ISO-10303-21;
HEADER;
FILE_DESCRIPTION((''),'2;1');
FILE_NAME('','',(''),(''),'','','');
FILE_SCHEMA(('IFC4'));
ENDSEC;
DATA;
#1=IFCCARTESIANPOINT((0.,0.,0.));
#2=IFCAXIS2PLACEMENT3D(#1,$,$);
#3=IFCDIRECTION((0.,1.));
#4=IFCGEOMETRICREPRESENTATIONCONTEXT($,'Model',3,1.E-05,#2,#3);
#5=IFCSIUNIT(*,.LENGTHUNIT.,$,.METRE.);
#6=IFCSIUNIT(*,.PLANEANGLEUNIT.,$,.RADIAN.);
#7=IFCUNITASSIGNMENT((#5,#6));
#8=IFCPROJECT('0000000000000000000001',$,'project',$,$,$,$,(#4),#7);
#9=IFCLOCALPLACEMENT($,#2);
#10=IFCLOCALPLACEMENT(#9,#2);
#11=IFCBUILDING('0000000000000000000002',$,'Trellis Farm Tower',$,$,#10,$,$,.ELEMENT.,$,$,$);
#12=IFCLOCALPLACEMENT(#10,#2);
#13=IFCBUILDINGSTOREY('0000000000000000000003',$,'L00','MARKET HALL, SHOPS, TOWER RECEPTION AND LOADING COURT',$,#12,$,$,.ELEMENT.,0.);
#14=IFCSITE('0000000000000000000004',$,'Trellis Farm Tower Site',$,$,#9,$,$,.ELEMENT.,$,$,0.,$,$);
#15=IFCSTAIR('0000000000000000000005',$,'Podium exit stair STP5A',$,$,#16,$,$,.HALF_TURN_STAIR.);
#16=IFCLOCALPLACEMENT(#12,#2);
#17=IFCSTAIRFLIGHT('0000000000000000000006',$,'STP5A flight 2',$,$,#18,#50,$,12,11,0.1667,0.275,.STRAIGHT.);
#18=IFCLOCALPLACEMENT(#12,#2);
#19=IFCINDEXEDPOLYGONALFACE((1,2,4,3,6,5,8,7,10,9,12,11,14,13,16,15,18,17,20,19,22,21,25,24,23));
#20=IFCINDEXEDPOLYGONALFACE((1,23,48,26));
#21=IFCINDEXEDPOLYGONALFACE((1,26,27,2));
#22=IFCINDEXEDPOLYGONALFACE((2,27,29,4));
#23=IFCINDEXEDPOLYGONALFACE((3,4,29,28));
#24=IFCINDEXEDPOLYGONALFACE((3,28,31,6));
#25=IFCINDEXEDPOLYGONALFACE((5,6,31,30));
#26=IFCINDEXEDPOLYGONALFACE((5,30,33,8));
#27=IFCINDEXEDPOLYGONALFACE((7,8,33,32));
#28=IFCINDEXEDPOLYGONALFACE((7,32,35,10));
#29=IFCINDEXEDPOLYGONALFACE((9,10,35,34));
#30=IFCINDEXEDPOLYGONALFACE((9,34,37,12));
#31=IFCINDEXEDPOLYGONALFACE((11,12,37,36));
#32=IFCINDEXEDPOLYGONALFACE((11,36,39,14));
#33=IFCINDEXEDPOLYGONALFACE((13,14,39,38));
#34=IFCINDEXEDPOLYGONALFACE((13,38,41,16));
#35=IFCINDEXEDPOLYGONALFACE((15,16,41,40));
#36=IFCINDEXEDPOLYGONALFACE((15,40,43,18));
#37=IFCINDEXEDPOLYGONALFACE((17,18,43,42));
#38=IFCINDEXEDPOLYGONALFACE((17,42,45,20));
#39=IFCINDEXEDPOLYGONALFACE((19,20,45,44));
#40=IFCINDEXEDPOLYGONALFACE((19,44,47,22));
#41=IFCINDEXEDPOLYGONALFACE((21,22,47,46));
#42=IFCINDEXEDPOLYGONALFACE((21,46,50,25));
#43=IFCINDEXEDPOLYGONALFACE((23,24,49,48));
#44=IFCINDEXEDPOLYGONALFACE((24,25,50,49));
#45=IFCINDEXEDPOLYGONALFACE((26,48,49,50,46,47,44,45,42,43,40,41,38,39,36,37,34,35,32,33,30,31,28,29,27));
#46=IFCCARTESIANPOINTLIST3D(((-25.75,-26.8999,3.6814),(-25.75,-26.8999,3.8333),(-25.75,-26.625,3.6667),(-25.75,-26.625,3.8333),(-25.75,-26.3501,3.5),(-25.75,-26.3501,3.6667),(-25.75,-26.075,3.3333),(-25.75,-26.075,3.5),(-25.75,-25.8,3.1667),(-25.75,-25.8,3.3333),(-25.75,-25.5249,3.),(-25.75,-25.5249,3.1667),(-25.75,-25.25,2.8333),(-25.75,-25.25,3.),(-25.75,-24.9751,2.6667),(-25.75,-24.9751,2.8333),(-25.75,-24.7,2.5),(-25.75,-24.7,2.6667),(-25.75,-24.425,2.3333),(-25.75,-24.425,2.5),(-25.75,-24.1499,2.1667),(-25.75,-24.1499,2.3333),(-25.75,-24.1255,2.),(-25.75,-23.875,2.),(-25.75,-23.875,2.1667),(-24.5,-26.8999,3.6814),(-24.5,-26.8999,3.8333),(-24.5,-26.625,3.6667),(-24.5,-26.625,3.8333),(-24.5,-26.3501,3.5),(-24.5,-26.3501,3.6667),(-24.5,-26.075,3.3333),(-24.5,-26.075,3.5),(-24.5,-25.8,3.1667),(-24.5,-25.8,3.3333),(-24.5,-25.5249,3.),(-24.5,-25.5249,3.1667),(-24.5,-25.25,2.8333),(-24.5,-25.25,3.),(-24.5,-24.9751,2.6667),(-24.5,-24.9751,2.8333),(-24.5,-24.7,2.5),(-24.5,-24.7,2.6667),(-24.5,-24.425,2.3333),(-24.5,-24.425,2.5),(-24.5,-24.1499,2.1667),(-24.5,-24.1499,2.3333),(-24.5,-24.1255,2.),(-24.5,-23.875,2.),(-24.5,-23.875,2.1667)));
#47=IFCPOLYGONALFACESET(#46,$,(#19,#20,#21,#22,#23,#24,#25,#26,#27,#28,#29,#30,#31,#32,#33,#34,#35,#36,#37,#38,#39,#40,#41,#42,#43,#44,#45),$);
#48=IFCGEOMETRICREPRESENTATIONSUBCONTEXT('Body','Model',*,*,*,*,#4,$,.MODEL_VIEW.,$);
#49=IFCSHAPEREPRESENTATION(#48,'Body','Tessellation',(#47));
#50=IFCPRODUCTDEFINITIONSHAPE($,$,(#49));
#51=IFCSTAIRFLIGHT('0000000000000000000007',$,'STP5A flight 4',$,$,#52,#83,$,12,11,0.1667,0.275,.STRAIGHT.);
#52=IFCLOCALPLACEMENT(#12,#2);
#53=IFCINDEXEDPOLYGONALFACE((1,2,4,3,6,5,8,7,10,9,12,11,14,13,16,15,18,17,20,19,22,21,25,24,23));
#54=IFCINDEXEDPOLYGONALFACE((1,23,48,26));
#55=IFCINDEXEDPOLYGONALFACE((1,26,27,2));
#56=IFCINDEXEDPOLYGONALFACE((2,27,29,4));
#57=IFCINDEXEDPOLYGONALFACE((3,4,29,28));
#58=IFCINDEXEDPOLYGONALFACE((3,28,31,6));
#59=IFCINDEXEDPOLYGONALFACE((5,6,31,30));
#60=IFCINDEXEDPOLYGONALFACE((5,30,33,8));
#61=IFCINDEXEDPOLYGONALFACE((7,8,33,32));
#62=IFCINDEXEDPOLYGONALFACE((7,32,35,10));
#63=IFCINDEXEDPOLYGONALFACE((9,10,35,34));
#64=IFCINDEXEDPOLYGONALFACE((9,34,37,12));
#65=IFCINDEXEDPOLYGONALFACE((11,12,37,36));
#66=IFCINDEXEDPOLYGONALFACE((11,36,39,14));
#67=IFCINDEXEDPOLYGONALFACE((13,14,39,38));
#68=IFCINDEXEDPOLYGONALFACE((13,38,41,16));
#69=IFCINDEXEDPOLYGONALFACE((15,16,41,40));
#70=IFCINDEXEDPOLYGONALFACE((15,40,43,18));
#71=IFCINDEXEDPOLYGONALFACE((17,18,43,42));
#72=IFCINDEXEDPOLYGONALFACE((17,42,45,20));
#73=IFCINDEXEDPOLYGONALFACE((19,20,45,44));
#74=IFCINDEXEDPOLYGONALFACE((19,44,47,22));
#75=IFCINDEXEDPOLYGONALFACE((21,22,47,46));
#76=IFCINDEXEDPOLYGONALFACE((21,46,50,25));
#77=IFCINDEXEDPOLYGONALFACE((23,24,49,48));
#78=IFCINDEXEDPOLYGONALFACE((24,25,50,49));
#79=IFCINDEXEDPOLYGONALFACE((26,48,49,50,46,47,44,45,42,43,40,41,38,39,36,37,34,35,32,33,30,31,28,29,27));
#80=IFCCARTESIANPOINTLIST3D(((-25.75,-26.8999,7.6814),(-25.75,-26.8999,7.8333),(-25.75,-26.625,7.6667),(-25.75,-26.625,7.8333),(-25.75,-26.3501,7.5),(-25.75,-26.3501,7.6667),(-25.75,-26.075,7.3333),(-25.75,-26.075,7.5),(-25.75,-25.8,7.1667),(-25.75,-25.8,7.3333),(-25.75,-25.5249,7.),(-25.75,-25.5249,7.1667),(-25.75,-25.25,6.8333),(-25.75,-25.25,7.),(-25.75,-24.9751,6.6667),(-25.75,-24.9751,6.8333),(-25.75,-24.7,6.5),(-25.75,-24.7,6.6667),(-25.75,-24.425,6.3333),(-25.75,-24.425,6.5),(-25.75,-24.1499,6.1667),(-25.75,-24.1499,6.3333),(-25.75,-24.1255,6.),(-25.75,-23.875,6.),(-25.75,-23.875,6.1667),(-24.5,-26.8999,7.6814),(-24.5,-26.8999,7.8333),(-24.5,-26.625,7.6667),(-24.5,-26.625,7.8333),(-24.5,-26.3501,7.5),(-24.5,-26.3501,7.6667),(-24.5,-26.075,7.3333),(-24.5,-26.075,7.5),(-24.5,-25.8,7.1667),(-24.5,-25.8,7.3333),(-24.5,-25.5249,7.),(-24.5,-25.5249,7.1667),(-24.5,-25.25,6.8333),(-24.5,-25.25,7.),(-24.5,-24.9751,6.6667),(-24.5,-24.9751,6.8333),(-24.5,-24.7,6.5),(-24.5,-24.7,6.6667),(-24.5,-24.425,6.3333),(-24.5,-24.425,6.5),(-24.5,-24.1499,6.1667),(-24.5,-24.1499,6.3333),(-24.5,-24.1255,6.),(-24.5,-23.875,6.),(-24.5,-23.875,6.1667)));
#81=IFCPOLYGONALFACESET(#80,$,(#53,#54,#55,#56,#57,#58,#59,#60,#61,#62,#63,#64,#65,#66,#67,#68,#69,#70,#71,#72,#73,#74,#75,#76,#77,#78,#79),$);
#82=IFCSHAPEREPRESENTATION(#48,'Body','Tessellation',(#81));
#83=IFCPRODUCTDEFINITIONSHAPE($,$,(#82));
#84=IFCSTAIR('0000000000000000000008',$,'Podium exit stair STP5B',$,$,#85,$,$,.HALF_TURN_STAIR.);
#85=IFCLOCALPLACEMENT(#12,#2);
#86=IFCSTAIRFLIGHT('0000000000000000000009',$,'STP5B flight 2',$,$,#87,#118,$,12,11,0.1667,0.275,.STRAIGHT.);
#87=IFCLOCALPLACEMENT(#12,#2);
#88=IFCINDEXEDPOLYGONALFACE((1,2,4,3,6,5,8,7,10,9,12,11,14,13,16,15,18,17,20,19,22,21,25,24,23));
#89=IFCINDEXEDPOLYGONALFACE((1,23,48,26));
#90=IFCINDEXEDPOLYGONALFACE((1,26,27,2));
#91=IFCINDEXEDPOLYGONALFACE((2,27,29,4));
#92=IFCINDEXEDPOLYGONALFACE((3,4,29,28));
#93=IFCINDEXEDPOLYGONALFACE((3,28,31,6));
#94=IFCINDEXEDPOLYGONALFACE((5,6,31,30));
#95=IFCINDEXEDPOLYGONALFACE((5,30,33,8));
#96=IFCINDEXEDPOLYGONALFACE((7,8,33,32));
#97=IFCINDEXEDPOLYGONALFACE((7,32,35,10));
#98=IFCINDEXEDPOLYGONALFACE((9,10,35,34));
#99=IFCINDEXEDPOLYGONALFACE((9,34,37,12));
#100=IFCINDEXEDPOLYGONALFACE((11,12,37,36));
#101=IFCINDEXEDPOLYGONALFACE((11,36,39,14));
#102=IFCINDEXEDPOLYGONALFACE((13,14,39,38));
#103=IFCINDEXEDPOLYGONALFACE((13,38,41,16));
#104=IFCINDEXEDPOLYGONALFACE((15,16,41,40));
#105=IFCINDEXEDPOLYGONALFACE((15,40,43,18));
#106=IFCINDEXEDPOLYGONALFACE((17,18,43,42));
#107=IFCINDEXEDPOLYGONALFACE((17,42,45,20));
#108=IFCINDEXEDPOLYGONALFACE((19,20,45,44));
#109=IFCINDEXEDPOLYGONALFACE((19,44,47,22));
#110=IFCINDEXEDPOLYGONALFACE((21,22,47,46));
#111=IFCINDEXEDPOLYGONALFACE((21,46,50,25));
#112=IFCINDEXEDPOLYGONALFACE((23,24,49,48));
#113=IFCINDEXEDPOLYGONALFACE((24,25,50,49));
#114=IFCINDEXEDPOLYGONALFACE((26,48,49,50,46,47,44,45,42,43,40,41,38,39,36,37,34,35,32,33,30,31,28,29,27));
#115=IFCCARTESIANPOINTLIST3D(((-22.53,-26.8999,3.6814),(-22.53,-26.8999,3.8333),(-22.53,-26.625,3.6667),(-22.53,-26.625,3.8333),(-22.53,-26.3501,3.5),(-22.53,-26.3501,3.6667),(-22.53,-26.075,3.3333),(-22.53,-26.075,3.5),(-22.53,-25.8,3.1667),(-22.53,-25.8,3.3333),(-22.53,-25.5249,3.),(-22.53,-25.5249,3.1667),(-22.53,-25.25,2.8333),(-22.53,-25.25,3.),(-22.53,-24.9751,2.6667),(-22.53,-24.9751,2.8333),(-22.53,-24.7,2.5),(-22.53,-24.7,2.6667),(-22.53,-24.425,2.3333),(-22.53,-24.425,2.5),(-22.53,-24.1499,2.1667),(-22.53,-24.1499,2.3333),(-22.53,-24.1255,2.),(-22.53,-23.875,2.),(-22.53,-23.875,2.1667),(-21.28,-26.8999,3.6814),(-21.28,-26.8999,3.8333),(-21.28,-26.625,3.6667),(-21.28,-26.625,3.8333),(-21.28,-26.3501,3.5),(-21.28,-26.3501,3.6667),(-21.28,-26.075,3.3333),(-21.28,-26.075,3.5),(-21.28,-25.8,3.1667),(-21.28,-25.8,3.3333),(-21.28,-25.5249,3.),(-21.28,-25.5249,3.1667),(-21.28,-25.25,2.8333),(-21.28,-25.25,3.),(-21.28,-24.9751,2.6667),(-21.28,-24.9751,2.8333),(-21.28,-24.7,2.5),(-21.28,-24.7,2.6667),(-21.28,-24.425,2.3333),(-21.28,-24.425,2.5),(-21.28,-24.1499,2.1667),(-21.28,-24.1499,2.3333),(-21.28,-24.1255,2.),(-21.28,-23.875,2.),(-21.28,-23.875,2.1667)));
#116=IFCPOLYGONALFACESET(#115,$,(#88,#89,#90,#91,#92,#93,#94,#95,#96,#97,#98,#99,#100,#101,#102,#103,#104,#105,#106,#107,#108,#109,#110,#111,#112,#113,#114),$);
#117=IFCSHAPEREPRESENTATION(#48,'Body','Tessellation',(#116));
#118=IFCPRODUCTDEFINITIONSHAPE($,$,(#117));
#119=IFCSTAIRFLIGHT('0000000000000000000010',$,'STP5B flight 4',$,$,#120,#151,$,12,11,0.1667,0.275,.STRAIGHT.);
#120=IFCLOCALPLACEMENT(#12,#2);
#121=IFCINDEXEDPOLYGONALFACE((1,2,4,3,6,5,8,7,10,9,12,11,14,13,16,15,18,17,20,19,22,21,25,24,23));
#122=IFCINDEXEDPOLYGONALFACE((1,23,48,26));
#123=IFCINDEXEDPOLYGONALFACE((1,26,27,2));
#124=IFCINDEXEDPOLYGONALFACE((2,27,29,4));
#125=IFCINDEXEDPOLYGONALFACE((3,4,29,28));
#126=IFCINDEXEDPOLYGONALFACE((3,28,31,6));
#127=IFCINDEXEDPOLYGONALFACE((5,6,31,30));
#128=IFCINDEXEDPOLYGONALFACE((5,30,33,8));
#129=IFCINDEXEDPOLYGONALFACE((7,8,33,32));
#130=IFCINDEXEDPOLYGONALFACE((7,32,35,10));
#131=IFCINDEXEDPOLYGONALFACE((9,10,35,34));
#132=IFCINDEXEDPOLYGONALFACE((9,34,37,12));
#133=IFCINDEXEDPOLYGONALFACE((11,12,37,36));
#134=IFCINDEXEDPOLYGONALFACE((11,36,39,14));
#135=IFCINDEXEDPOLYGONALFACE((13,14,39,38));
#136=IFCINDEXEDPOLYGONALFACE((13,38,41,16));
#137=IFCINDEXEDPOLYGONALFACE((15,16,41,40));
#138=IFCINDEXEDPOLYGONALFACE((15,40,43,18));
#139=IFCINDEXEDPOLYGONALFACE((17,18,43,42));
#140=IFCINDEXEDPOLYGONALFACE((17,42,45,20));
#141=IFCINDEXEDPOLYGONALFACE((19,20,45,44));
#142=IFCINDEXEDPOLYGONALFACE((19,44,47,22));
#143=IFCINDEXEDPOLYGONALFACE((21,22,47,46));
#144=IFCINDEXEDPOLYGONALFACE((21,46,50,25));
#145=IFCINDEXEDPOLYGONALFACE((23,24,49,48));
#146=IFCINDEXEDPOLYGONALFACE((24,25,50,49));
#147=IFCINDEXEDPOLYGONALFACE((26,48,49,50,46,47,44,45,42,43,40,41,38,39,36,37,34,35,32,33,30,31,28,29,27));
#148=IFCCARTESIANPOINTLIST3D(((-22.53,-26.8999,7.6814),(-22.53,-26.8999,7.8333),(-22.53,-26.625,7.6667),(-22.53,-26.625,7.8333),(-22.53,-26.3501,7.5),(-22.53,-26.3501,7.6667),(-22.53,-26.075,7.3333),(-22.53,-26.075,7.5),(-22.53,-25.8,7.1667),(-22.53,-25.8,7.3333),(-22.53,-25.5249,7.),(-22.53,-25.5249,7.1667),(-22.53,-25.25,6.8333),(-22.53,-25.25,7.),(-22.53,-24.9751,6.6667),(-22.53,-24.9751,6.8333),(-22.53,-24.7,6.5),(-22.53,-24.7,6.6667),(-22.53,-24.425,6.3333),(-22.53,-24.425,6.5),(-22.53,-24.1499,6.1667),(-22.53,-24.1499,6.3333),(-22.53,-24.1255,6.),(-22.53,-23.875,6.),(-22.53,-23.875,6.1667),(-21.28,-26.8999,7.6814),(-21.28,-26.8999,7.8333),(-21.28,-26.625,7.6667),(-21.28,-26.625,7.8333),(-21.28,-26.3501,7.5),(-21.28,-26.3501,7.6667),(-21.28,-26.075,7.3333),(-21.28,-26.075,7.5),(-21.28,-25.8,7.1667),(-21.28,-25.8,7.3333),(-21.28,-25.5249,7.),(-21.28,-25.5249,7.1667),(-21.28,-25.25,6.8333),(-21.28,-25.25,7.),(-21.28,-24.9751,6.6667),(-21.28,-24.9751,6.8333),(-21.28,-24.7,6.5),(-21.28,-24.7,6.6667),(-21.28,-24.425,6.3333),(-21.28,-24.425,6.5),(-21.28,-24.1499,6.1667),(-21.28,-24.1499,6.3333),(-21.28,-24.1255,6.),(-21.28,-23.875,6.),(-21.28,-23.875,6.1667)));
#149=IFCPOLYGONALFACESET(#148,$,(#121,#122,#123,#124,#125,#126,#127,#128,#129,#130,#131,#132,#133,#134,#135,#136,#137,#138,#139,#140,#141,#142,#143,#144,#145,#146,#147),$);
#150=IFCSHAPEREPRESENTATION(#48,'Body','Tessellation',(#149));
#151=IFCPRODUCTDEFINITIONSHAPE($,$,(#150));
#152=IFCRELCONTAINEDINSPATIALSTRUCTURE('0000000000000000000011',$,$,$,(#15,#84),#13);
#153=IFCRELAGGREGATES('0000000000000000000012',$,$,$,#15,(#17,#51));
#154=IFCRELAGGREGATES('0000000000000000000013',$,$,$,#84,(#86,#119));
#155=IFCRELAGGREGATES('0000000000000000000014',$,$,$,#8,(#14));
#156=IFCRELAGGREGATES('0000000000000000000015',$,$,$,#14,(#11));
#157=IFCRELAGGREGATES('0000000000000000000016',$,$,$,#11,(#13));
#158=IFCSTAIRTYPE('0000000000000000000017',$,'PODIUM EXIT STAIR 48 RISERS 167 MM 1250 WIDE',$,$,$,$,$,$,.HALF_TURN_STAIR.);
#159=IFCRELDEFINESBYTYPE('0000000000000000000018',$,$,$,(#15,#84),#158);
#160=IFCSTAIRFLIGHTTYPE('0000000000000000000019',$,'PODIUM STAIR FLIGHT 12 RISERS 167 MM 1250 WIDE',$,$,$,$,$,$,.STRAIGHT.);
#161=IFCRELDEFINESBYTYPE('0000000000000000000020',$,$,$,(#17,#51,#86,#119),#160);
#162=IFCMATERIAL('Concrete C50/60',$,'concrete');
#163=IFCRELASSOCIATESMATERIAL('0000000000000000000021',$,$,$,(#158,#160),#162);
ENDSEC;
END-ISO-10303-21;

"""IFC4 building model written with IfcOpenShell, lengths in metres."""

from ifc_helpers import new_model, si_unit, direction, frame, origin, place, context, subcontext, project, spatial, polyline, outline, extrude, source, transform, mapped, material, type_object, element, aggregate, save


model = new_model("IFC4")

# Units and contexts
model_context = context("Model", 3, precision=1e-05, world=origin(), true_north=direction((0.0, 1.0)))
body_context = subcontext(model_context, "Body", "Model", "MODEL_VIEW")
ifc_project = project(units=[si_unit("LENGTHUNIT", "METRE"), si_unit("PLANEANGLEUNIT", "RADIAN")], contexts=[model_context])

# Site, building, storey
site_placement = place(None, origin())
site = spatial("IfcSite", under=ifc_project, at=site_placement, Name="Trellis Farm Tower Site", CompositionType="ELEMENT", RefElevation=0.0)
building_placement = place(site_placement, origin())
building = spatial("IfcBuilding", under=site, at=building_placement, Name="Trellis Farm Tower", CompositionType="ELEMENT")
storey_placement = place(building_placement, origin())
storey = spatial("IfcBuildingStorey", under=building, at=storey_placement, Name="L00", Description="MARKET HALL, SHOPS, TOWER RECEPTION AND LOADING COURT", CompositionType="ELEMENT", Elevation=0.0)

# Stairs, stair flights
ifc_material_1 = material(Name="Concrete C50/60", Category="concrete")
stair_type = type_object("IfcStairType", Name="PODIUM EXIT STAIR 48 RISERS 167 MM 1250 WIDE", PredefinedType="HALF_TURN_STAIR", material=ifc_material_1)
placement = place(storey_placement, origin())
stair_1 = element("IfcStair", 1, at=placement, inside=storey, type_object=stair_type, Name="Podium exit stair STP5A", PredefinedType="HALF_TURN_STAIR")
stair_flight_type = type_object("IfcStairFlightType", Name="PODIUM STAIR FLIGHT 12 RISERS 167 MM 1250 WIDE", PredefinedType="STRAIGHT", material=ifc_material_1)
shared_shape_1 = source(origin(), body_context, "Body", "SweptSolid", [
    extrude(outline(polyline([(0.0, 0.0), (0.0, 0.1667), (0.2749, 0.1667), (0.2749, 0.3333), (0.55, 0.3333), (0.55, 0.5), (0.825, 0.5), (0.825, 0.6667), (1.1001, 0.6667), (1.1001, 0.8333), (1.375, 0.8333), (1.375, 1.0), (1.6499, 1.0), (1.6499, 1.1667), (1.925, 1.1667), (1.925, 1.3333), (2.2, 1.3333), (2.2, 1.5), (2.4751, 1.5), (2.4751, 1.6667), (2.75, 1.6667), (2.75, 1.8333), (3.0249, 1.8333), (3.0249, 2.0), (3.0249, 1.6814), (0.2505, 0.0), (0.0, 0.0)])), frame((0.0, 0.625, 0.0), z_axis=(0.0, -1.0, 0.0), x_axis=(1.0, 0.0, 0.0)), (0.0, 0.0, 1.0), 1.25),
])
stair_flight_1_placement = place(storey_placement, frame((-25.125, -23.875, 2.0), z_axis=(0.0, 0.0, 1.0), x_axis=(0.0, -1.0, 0.0)))
stair_flight_1 = element("IfcStairFlight", 2, at=stair_flight_1_placement, type_object=stair_flight_type, Name="STP5A flight 2", NumberOfRisers=12, NumberOfTreads=11, PredefinedType="STRAIGHT", RiserHeight=0.1667, TreadLength=0.275, context=body_context, shape_type="MappedRepresentation", body=[
    mapped(shared_shape_1, transform((0.0, 0.0, 0.0))),
])
stair_flight_2_placement = place(storey_placement, frame((-25.125, -23.875, 6.0), z_axis=(0.0, 0.0, 1.0), x_axis=(0.0, -1.0, 0.0)))
stair_flight_2 = element("IfcStairFlight", 3, at=stair_flight_2_placement, type_object=stair_flight_type, Name="STP5A flight 4", NumberOfRisers=12, NumberOfTreads=11, PredefinedType="STRAIGHT", RiserHeight=0.1667, TreadLength=0.275, context=body_context, shape_type="MappedRepresentation", body=[
    mapped(shared_shape_1, transform((0.0, 0.0, 0.0))),
])
aggregate(stair_1, [stair_flight_1, stair_flight_2])
stair_2 = element("IfcStair", 4, at=placement, inside=storey, type_object=stair_type, Name="Podium exit stair STP5B", PredefinedType="HALF_TURN_STAIR")
stair_flight_3_placement = place(storey_placement, frame((-21.905, -23.875, 2.0), z_axis=(0.0, 0.0, 1.0), x_axis=(0.0, -1.0, 0.0)))
stair_flight_3 = element("IfcStairFlight", 5, at=stair_flight_3_placement, type_object=stair_flight_type, Name="STP5B flight 2", NumberOfRisers=12, NumberOfTreads=11, PredefinedType="STRAIGHT", RiserHeight=0.1667, TreadLength=0.275, context=body_context, shape_type="MappedRepresentation", body=[
    mapped(shared_shape_1, transform((0.0, 0.0, 0.0))),
])
stair_flight_4_placement = place(storey_placement, frame((-21.905, -23.875, 6.0), z_axis=(0.0, 0.0, 1.0), x_axis=(0.0, -1.0, 0.0)))
stair_flight_4 = element("IfcStairFlight", 6, at=stair_flight_4_placement, type_object=stair_flight_type, Name="STP5B flight 4", NumberOfRisers=12, NumberOfTreads=11, PredefinedType="STRAIGHT", RiserHeight=0.1667, TreadLength=0.275, context=body_context, shape_type="MappedRepresentation", body=[
    mapped(shared_shape_1, transform((0.0, 0.0, 0.0))),
])
aggregate(stair_2, [stair_flight_3, stair_flight_4])

save(model, "model.ifc")
